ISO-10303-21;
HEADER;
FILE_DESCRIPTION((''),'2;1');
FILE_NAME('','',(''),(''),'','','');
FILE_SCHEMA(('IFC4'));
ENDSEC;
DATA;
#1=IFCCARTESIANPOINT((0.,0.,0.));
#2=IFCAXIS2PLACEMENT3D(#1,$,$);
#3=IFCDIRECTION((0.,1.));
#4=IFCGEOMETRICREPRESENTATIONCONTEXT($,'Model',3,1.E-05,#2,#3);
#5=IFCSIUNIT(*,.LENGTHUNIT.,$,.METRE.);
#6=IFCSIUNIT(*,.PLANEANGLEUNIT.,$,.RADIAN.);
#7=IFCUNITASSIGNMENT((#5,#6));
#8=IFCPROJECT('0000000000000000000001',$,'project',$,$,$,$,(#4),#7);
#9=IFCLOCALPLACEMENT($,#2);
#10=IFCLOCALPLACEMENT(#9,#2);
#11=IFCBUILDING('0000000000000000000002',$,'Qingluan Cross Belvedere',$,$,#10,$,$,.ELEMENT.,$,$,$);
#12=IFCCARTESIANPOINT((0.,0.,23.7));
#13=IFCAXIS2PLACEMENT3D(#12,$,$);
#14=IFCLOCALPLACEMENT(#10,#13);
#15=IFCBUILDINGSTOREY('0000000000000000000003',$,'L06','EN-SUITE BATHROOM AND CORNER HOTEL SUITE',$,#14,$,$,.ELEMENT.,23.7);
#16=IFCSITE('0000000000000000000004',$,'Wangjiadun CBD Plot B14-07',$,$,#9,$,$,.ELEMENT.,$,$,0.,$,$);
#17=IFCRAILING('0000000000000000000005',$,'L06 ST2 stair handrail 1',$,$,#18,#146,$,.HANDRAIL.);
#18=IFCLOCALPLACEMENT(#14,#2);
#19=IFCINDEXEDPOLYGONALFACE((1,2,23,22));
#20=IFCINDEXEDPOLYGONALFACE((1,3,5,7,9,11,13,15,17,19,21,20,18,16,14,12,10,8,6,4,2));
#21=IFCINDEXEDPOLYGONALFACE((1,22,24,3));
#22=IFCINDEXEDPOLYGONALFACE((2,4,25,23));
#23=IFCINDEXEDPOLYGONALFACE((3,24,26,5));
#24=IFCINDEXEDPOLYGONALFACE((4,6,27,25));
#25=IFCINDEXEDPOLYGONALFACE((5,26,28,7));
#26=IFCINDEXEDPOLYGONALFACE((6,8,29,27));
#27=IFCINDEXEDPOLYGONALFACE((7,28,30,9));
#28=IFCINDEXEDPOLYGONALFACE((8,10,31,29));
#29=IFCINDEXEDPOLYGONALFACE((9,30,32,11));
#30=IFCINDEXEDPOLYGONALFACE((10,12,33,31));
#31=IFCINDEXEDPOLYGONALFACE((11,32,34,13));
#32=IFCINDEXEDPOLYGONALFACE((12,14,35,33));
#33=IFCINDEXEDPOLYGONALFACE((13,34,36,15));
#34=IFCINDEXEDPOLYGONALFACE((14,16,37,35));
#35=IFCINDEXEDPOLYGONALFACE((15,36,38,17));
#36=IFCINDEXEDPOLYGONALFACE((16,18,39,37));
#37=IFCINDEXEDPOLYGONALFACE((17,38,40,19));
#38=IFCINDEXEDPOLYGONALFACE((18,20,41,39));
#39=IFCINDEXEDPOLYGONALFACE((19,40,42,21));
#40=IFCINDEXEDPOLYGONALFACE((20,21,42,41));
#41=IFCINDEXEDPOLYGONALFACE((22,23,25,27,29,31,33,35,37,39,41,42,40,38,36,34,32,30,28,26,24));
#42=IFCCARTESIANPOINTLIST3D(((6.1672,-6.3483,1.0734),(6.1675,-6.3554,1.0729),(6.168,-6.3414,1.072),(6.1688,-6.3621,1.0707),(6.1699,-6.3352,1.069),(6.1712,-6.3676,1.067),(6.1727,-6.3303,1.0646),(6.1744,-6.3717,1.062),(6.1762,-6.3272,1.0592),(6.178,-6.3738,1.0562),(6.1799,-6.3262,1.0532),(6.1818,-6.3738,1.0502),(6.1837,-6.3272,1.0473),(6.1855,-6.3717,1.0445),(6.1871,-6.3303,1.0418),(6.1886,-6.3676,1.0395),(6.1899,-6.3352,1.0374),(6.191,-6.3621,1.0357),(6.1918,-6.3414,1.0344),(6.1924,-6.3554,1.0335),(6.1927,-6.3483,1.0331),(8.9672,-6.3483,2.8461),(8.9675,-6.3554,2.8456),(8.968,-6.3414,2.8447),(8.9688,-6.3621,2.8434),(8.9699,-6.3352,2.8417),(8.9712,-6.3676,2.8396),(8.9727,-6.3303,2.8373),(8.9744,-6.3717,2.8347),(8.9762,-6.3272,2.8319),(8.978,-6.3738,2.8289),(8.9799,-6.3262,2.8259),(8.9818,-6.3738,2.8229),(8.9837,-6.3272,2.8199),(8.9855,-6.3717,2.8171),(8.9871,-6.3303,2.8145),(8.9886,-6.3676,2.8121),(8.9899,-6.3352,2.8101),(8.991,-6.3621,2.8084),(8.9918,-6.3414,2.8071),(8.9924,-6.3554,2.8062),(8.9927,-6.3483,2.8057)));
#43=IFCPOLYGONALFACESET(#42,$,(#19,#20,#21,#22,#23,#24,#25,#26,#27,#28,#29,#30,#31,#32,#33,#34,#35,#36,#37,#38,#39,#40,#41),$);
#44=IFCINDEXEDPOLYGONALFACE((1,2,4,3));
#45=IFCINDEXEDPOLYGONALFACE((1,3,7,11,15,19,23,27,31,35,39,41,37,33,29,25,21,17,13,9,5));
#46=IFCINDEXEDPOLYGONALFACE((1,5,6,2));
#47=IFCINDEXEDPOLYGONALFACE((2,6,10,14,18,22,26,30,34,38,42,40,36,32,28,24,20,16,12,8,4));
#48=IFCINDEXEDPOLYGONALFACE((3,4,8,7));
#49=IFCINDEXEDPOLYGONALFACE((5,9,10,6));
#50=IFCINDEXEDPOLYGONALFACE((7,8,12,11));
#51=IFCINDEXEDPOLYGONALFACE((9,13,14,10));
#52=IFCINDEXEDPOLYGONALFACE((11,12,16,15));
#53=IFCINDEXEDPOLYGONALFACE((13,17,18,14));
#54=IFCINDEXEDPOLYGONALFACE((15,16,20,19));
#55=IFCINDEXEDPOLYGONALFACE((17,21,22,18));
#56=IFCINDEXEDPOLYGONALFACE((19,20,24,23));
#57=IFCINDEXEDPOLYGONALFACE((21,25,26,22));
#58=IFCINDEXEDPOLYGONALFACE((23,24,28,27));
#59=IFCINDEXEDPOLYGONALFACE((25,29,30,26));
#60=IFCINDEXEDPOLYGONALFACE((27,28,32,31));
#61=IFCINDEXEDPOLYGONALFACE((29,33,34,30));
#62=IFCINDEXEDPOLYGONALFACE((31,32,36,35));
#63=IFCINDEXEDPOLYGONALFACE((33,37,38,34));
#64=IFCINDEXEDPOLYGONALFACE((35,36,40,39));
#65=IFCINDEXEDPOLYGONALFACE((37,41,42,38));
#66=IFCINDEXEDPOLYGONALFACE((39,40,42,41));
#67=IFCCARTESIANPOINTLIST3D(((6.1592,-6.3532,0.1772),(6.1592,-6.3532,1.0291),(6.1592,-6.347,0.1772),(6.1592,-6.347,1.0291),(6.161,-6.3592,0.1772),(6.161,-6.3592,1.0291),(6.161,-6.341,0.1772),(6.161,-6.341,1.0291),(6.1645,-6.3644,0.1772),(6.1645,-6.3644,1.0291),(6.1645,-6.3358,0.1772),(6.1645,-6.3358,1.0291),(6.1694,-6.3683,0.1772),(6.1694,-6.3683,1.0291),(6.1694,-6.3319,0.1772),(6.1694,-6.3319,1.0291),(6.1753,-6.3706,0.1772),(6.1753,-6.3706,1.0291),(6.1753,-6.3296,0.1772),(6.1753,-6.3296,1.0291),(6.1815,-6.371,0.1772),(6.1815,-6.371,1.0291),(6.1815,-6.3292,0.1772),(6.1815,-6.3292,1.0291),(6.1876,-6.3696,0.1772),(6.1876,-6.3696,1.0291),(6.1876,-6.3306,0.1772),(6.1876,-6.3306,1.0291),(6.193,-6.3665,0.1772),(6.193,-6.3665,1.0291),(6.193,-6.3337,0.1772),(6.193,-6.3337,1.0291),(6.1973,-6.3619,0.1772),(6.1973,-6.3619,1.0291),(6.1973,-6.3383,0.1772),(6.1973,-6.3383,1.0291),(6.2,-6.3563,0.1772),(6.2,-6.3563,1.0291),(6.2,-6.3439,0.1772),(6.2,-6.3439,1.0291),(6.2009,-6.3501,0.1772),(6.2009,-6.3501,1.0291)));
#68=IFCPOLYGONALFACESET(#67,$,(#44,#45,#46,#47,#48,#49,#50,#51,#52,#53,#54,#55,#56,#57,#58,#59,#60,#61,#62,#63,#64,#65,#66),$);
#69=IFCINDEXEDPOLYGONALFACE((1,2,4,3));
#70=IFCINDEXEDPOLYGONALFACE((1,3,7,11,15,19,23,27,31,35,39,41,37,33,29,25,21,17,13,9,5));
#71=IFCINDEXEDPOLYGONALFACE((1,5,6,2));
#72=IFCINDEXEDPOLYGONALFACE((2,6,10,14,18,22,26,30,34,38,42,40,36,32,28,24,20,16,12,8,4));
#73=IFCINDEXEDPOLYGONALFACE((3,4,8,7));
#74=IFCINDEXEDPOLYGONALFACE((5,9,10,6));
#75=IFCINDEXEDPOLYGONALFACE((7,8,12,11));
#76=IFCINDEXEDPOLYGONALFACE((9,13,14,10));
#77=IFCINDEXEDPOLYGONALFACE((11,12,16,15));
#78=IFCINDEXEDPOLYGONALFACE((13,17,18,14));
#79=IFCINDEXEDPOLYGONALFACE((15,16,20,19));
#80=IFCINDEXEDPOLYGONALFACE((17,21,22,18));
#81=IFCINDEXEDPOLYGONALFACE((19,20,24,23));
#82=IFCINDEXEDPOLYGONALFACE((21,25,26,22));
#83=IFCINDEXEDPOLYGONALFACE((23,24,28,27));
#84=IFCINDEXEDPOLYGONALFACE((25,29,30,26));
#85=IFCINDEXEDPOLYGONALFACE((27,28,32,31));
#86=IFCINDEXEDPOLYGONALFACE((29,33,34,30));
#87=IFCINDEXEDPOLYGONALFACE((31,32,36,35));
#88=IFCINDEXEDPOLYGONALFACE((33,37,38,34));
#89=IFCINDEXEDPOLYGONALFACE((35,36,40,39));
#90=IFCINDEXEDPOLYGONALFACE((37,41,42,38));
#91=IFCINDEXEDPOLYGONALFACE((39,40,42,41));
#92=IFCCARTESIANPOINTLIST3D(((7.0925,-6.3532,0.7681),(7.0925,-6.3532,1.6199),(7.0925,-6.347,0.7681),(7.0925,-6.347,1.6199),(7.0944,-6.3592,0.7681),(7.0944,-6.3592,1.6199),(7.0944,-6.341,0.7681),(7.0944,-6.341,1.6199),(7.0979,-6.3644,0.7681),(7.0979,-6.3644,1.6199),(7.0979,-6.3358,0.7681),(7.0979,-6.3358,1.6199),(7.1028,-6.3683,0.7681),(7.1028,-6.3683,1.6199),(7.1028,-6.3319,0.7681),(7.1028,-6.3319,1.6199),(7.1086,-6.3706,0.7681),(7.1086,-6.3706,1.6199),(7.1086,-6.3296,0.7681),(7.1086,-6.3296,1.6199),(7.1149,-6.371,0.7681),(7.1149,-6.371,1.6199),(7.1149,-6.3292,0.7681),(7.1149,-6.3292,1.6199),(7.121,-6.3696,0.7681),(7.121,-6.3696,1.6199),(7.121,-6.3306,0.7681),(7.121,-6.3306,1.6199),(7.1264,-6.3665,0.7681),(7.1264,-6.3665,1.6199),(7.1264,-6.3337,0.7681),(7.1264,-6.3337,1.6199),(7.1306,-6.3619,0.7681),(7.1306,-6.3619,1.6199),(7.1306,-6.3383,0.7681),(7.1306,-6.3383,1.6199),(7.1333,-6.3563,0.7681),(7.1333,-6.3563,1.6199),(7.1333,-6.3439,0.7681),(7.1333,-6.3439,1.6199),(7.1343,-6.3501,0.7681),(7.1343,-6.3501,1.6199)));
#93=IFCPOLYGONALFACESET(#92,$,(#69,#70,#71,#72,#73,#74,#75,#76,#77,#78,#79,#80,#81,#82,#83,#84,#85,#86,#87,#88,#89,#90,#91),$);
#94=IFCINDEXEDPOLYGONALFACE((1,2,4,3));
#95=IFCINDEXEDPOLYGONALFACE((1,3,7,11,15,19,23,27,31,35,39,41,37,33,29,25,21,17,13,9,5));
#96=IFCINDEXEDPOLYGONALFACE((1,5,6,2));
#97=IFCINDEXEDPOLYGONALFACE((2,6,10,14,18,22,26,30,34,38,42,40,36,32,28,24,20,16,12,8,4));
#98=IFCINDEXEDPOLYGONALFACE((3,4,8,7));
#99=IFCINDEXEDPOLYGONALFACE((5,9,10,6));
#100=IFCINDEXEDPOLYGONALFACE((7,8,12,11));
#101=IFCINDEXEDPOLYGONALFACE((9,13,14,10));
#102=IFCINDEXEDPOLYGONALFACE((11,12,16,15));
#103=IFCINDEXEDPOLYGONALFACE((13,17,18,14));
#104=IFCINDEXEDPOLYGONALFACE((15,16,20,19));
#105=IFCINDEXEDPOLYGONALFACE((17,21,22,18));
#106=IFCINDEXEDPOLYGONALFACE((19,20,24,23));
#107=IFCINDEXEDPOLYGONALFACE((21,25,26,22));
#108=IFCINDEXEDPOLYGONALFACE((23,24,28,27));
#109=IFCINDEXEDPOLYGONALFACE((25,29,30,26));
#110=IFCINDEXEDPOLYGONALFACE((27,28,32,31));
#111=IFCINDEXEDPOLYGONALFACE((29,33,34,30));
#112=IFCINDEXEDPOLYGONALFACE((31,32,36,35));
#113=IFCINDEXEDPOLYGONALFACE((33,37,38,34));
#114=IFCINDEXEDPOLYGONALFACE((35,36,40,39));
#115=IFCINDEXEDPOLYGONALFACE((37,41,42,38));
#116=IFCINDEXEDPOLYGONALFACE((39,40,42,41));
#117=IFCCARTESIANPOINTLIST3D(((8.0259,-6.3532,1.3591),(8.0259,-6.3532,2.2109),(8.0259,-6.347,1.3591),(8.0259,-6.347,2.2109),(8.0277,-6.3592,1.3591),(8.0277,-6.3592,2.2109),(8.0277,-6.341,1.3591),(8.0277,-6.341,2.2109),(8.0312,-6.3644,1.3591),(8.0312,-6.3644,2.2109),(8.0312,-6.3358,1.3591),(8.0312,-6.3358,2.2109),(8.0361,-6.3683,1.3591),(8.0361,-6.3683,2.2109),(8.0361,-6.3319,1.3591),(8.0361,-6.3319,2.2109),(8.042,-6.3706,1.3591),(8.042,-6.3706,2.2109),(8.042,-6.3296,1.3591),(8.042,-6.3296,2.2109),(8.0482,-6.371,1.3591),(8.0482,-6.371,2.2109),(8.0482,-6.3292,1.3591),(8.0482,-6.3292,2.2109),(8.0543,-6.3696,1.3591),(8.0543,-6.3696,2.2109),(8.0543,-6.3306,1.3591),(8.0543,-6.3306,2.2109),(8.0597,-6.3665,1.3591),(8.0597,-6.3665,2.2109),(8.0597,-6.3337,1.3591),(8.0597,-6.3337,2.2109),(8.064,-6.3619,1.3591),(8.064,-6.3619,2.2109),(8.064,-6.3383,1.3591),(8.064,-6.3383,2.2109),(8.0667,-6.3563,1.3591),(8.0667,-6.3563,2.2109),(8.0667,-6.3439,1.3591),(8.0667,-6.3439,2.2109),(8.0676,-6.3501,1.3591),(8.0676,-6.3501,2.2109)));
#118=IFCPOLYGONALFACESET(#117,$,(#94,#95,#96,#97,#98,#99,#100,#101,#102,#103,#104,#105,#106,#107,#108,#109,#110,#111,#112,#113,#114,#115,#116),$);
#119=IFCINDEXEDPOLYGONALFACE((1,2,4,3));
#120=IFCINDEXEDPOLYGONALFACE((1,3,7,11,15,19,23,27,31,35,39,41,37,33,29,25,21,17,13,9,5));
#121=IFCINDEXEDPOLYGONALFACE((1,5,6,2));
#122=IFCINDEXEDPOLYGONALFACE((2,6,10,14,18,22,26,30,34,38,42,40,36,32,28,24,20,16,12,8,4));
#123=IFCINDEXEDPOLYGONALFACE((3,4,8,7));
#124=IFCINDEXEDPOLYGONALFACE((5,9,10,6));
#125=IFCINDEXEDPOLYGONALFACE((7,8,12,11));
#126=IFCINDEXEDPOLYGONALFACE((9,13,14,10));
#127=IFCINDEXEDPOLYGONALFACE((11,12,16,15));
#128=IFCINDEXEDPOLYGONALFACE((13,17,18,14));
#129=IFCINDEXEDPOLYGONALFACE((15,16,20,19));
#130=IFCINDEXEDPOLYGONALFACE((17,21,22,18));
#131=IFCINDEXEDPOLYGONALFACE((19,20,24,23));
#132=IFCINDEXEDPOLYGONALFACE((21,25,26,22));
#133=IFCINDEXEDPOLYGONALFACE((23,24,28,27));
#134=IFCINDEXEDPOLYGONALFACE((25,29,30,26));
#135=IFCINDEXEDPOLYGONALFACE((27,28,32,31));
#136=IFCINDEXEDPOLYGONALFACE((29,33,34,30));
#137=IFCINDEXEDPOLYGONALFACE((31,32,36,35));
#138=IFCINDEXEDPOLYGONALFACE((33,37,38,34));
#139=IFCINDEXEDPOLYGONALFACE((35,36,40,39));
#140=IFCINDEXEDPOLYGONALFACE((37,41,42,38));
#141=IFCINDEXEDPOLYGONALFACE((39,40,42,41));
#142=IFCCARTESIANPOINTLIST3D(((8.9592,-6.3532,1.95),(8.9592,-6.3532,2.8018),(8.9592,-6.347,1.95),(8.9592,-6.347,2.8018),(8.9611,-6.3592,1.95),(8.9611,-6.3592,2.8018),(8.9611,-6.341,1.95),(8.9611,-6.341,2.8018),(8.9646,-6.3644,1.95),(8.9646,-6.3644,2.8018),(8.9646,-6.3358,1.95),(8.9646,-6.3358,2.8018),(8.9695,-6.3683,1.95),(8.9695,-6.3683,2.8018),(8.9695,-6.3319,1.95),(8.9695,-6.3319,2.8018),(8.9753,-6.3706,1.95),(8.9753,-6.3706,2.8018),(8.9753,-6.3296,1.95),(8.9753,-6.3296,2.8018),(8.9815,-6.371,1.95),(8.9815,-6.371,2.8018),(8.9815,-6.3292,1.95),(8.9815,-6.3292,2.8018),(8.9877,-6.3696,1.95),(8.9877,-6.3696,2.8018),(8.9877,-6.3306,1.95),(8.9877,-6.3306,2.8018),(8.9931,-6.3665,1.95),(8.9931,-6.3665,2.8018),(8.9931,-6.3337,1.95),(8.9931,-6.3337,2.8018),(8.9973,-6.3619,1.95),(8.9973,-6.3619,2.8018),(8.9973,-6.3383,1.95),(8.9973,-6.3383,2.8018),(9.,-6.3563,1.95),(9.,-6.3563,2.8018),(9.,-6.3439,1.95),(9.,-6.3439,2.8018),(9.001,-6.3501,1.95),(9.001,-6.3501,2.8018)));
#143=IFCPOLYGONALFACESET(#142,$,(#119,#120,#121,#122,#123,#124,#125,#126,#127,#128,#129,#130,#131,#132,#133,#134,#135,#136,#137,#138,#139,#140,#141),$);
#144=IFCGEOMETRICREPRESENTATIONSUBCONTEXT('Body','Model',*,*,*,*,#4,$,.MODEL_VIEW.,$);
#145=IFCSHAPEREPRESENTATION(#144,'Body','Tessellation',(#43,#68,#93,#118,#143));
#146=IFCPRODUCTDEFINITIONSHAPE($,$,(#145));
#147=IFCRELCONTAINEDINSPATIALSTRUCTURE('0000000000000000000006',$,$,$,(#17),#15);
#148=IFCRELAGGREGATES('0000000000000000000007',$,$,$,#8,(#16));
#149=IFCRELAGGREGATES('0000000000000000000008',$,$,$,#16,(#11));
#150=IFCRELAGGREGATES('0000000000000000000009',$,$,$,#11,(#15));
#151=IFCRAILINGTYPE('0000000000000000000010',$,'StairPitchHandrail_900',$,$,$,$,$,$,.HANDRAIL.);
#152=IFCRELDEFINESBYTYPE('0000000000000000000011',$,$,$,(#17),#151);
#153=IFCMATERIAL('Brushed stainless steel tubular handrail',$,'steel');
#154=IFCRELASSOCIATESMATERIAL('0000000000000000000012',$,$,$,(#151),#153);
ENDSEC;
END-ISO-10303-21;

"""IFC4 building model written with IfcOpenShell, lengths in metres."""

from ifc_helpers import new_model, si_unit, direction, frame, origin, origin_2d, place, context, subcontext, project, spatial, circle, extrude, material, type_object, element, save


model = new_model("IFC4")

# Units and contexts
model_context = context("Model", 3, precision=1e-05, world=origin(), true_north=direction((0.0, 1.0)))
body_context = subcontext(model_context, "Body", "Model", "MODEL_VIEW")
ifc_project = project(units=[si_unit("LENGTHUNIT", "METRE"), si_unit("PLANEANGLEUNIT", "RADIAN")], contexts=[model_context])

# Site, building, storey
site_placement = place(None, origin())
site = spatial("IfcSite", under=ifc_project, at=site_placement, Name="Wangjiadun CBD Plot B14-07", CompositionType="ELEMENT", RefElevation=0.0)
building_placement = place(site_placement, origin())
building = spatial("IfcBuilding", under=site, at=building_placement, Name="Qingluan Cross Belvedere", CompositionType="ELEMENT")
storey_placement = place(building_placement, frame((0.0, 0.0, 23.7)))
storey = spatial("IfcBuildingStorey", under=building, at=storey_placement, Name="L06", Description="EN-SUITE BATHROOM AND CORNER HOTEL SUITE", CompositionType="ELEMENT", Elevation=23.7)

# Railing
ifc_material_1 = material(Name="Brushed stainless steel tubular handrail", Category="steel")
railing_type_1 = type_object("IfcRailingType", Name="StairPitchHandrail_900", PredefinedType="HANDRAIL", material=ifc_material_1)
for number, where, name in (
    (1, (6.1799, -6.3501, 0.1772), "L06 ST2 stair handrail 1"),
):
    element("IfcRailing", number, at=place(storey_placement, frame(where)), inside=storey, type_object=railing_type_1, Name=name, PredefinedType="HANDRAIL", context=body_context, shape_type="SweptSolid", body=[
        extrude(circle(Radius=0.0239, at=origin_2d()), frame((0.0, 0.0, 0.876), z_axis=(0.844909, 0.0, 0.53491), x_axis=(0.0, 1.0, 0.0)), (0.0, 0.0, 1.0), 3.314),
        extrude(circle(Radius=0.021, at=origin_2d()), origin(), (0.0, 0.0, 1.0), 0.8518),
        extrude(circle(Radius=0.021, at=origin_2d()), frame((0.9333, 0.0, 0.5908)), (0.0, 0.0, 1.0), 0.8518),
        extrude(circle(Radius=0.021, at=origin_2d()), frame((1.8667, 0.0, 1.1819)), (0.0, 0.0, 1.0), 0.8518),
        extrude(circle(Radius=0.021, at=origin_2d()), frame((2.8, 0.0, 1.7727)), (0.0, 0.0, 1.0), 0.8518),
    ])

save(model, "model.ifc")
